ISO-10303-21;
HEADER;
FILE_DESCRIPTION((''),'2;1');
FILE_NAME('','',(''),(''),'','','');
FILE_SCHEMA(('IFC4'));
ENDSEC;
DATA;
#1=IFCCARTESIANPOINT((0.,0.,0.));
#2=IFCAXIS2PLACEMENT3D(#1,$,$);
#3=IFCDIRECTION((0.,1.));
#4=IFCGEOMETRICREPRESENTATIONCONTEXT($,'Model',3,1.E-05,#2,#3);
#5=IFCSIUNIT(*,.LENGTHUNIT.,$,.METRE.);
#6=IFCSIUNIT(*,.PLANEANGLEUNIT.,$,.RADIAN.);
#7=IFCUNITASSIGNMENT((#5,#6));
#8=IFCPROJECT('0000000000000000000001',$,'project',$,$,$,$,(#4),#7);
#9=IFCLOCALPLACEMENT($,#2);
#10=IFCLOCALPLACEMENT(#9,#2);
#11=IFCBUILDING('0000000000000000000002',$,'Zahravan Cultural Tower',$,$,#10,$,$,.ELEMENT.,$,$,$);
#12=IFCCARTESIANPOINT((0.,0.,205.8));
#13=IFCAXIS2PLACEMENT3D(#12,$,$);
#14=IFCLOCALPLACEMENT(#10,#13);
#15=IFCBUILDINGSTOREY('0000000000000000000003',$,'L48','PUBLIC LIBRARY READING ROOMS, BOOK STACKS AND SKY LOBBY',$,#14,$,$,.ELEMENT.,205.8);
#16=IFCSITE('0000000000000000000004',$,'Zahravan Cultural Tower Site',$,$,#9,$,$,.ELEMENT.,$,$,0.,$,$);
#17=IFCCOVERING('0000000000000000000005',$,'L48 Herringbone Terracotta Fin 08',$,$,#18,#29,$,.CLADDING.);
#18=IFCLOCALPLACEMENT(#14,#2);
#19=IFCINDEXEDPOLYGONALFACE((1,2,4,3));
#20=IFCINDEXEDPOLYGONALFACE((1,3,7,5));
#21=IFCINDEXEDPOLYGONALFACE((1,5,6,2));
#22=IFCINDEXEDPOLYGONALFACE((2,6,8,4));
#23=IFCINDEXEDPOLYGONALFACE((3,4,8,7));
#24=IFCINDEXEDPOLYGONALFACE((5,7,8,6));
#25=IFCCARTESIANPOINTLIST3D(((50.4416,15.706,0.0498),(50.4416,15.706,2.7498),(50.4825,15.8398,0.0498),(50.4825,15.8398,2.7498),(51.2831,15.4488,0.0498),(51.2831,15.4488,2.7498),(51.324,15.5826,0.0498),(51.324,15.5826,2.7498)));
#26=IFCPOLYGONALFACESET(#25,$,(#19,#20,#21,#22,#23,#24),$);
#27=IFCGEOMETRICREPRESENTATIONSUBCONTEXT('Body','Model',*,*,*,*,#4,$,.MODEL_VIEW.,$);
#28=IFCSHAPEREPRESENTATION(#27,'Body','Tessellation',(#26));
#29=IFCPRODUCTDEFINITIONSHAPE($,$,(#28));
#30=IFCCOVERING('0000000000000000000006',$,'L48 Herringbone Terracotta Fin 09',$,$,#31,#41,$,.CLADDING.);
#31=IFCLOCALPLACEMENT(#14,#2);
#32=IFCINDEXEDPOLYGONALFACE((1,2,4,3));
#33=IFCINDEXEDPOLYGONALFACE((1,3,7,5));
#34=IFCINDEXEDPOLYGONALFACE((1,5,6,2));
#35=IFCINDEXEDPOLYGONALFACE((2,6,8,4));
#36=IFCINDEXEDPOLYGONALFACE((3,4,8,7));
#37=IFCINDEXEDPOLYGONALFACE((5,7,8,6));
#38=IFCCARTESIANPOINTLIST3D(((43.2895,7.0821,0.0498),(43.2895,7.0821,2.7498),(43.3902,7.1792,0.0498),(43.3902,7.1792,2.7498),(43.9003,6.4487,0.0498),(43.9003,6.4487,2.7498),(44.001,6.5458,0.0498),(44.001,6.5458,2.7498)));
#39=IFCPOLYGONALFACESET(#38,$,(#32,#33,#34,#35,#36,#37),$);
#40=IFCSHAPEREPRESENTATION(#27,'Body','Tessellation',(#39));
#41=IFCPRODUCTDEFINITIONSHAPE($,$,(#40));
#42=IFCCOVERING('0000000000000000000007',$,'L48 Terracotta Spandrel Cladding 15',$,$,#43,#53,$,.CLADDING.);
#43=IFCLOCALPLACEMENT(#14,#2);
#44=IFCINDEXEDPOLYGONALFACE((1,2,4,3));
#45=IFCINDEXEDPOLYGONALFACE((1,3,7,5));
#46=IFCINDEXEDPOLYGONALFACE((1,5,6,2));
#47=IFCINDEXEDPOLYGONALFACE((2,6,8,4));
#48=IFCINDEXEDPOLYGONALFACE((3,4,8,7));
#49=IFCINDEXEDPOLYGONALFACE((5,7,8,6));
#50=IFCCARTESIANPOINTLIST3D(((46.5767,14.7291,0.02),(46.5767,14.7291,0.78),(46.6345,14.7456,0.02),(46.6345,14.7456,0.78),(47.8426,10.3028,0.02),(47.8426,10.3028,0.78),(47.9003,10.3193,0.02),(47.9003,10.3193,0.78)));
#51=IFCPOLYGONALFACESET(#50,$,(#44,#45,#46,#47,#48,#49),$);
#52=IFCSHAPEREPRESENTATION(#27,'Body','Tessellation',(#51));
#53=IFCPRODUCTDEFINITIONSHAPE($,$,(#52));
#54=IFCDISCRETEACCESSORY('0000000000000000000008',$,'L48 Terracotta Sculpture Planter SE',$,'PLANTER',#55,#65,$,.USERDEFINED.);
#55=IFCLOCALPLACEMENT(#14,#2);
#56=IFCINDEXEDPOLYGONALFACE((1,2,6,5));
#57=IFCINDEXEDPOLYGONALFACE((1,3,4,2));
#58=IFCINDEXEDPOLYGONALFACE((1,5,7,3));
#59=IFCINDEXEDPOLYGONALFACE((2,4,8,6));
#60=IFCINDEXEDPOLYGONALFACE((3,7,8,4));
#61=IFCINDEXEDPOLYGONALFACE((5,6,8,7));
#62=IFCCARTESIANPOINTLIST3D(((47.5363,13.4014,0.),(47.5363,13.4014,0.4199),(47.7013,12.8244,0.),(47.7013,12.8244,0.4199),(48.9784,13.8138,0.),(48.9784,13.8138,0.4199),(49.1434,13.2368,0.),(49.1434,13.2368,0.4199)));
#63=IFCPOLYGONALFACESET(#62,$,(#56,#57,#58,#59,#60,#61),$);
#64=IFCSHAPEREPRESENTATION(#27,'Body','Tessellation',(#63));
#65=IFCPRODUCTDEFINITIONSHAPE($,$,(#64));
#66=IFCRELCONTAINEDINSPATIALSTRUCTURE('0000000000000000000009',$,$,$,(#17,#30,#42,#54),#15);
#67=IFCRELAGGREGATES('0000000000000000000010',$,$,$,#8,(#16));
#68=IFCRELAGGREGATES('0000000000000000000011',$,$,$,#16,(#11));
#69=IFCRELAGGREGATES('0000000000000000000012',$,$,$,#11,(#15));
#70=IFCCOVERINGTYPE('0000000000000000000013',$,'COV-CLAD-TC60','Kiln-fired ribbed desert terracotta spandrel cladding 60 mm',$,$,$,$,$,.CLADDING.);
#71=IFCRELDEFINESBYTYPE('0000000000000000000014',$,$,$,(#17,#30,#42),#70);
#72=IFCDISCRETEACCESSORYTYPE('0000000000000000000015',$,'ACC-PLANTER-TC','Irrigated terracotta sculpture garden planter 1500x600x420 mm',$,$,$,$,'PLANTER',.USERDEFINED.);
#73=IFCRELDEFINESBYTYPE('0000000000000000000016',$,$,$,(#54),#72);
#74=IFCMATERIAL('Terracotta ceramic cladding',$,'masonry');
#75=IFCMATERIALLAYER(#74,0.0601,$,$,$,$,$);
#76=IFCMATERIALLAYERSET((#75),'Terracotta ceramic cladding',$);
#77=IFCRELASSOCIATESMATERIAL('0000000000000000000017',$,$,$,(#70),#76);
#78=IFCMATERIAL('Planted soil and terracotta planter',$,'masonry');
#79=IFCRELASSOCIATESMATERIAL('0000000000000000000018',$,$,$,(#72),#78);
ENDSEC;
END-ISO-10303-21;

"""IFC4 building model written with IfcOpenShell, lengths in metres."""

from ifc_helpers import new_model, si_unit, direction, frame, origin, origin_2d, place, context, subcontext, project, spatial, rectangle, extrude, source, transform, mapped, material, layer, layer_set, type_object, element, save


model = new_model("IFC4")

# Units and contexts
model_context = context("Model", 3, precision=1e-05, world=origin(), true_north=direction((0.0, 1.0)))
body_context = subcontext(model_context, "Body", "Model", "MODEL_VIEW")
ifc_project = project(units=[si_unit("LENGTHUNIT", "METRE"), si_unit("PLANEANGLEUNIT", "RADIAN")], contexts=[model_context])

# Site, building, storey
site_placement = place(None, origin())
site = spatial("IfcSite", under=ifc_project, at=site_placement, Name="Zahravan Cultural Tower Site", CompositionType="ELEMENT", RefElevation=0.0)
building_placement = place(site_placement, origin())
building = spatial("IfcBuilding", under=site, at=building_placement, Name="Zahravan Cultural Tower", CompositionType="ELEMENT")
storey_placement = place(building_placement, frame((0.0, 0.0, 205.8)))
storey = spatial("IfcBuildingStorey", under=building, at=storey_placement, Name="L48", Description="PUBLIC LIBRARY READING ROOMS, BOOK STACKS AND SKY LOBBY", CompositionType="ELEMENT", Elevation=205.8)

# Coverings
ifc_material_1 = material(Name="Terracotta ceramic cladding", Category="masonry")
ifc_layer_1 = layer(ifc_material_1, 0.0601)
ifc_layer_set_1 = layer_set([ifc_layer_1], Name="Terracotta ceramic cladding")
covering_type = type_object("IfcCoveringType", Name="COV-CLAD-TC60", Description="Kiln-fired ribbed desert terracotta spandrel cladding 60 mm", PredefinedType="CLADDING", material=ifc_layer_set_1)
shared_shape_1 = source(origin(), body_context, "Body", "SweptSolid", [
    extrude(rectangle(XDim=0.8799, YDim=0.1399, at=origin_2d()), origin(), (0.0, 0.0, 1.0), 2.7),
])
for number, where, z_axis, x_axis, name in (
    (1, (50.8828, 15.6443, 0.0498), (0.0, 0.0, 1.0), (0.956305, -0.292372, 0.0), "L48 Herringbone Terracotta Fin 08"),
    (2, (43.6453, 6.814, 0.0498), (0.0, 0.0, 1.0), (0.694156, -0.719825, 0.0), "L48 Herringbone Terracotta Fin 09"),
):
    element("IfcCovering", number, at=place(storey_placement, frame(where, z_axis=z_axis, x_axis=x_axis)), inside=storey, type_object=covering_type, Name=name, PredefinedType="CLADDING", context=body_context, shape_type="MappedRepresentation", body=[
        mapped(shared_shape_1, transform((0.0, 0.0, 0.0), x_axis=(1.0, 0.0, 0.0), y_axis=(0.0, 1.0, 0.0), z_axis=(0.0, 0.0, 1.0), scale=1.0)),
    ])
shared_shape_2 = source(origin(), body_context, "Body", "SweptSolid", [
    extrude(rectangle(XDim=4.6038, YDim=0.0601, at=origin_2d()), origin(), (0.0, 0.0, 1.0), 0.76),
])
covering_1_placement = place(storey_placement, frame((47.2385, 12.5242, 0.02), z_axis=(0.0, 0.0, 1.0), x_axis=(0.274966, -0.961454, 0.0)))
element("IfcCovering", 3, at=covering_1_placement, inside=storey, type_object=covering_type, Name="L48 Terracotta Spandrel Cladding 15", PredefinedType="CLADDING", context=body_context, shape_type="MappedRepresentation", body=[
    mapped(shared_shape_2, transform((0.0, 0.0, 0.0), x_axis=(1.0, 0.0, 0.0), y_axis=(0.0, 1.0, 0.0), z_axis=(0.0, 0.0, 1.0), scale=1.0)),
])

# Discrete accessory
ifc_material_2 = material(Name="Planted soil and terracotta planter", Category="masonry")
discrete_accessory_type = type_object("IfcDiscreteAccessoryType", Name="ACC-PLANTER-TC", Description="Irrigated terracotta sculpture garden planter 1500x600x420 mm", ElementType="PLANTER", PredefinedType="USERDEFINED", material=ifc_material_2)
shared_shape_3 = source(origin(), body_context, "Body", "SweptSolid", [
    extrude(rectangle(XDim=1.5, YDim=0.6001, at=origin_2d()), origin(), (0.0, 0.0, 1.0), 0.4199),
])
discrete_accessory_placement = place(storey_placement, frame((48.3398, 13.3191, 0.0), z_axis=(0.0, 0.0, 1.0), x_axis=(0.961454, 0.274966, 0.0)))
element("IfcDiscreteAccessory", 4, at=discrete_accessory_placement, inside=storey, type_object=discrete_accessory_type, Name="L48 Terracotta Sculpture Planter SE", ObjectType="PLANTER", PredefinedType="USERDEFINED", context=body_context, shape_type="MappedRepresentation", body=[
    mapped(shared_shape_3, transform((0.0, 0.0, 0.0), x_axis=(1.0, 0.0, 0.0), y_axis=(0.0, 1.0, 0.0), z_axis=(0.0, 0.0, 1.0), scale=1.0)),
])

save(model, "model.ifc")
